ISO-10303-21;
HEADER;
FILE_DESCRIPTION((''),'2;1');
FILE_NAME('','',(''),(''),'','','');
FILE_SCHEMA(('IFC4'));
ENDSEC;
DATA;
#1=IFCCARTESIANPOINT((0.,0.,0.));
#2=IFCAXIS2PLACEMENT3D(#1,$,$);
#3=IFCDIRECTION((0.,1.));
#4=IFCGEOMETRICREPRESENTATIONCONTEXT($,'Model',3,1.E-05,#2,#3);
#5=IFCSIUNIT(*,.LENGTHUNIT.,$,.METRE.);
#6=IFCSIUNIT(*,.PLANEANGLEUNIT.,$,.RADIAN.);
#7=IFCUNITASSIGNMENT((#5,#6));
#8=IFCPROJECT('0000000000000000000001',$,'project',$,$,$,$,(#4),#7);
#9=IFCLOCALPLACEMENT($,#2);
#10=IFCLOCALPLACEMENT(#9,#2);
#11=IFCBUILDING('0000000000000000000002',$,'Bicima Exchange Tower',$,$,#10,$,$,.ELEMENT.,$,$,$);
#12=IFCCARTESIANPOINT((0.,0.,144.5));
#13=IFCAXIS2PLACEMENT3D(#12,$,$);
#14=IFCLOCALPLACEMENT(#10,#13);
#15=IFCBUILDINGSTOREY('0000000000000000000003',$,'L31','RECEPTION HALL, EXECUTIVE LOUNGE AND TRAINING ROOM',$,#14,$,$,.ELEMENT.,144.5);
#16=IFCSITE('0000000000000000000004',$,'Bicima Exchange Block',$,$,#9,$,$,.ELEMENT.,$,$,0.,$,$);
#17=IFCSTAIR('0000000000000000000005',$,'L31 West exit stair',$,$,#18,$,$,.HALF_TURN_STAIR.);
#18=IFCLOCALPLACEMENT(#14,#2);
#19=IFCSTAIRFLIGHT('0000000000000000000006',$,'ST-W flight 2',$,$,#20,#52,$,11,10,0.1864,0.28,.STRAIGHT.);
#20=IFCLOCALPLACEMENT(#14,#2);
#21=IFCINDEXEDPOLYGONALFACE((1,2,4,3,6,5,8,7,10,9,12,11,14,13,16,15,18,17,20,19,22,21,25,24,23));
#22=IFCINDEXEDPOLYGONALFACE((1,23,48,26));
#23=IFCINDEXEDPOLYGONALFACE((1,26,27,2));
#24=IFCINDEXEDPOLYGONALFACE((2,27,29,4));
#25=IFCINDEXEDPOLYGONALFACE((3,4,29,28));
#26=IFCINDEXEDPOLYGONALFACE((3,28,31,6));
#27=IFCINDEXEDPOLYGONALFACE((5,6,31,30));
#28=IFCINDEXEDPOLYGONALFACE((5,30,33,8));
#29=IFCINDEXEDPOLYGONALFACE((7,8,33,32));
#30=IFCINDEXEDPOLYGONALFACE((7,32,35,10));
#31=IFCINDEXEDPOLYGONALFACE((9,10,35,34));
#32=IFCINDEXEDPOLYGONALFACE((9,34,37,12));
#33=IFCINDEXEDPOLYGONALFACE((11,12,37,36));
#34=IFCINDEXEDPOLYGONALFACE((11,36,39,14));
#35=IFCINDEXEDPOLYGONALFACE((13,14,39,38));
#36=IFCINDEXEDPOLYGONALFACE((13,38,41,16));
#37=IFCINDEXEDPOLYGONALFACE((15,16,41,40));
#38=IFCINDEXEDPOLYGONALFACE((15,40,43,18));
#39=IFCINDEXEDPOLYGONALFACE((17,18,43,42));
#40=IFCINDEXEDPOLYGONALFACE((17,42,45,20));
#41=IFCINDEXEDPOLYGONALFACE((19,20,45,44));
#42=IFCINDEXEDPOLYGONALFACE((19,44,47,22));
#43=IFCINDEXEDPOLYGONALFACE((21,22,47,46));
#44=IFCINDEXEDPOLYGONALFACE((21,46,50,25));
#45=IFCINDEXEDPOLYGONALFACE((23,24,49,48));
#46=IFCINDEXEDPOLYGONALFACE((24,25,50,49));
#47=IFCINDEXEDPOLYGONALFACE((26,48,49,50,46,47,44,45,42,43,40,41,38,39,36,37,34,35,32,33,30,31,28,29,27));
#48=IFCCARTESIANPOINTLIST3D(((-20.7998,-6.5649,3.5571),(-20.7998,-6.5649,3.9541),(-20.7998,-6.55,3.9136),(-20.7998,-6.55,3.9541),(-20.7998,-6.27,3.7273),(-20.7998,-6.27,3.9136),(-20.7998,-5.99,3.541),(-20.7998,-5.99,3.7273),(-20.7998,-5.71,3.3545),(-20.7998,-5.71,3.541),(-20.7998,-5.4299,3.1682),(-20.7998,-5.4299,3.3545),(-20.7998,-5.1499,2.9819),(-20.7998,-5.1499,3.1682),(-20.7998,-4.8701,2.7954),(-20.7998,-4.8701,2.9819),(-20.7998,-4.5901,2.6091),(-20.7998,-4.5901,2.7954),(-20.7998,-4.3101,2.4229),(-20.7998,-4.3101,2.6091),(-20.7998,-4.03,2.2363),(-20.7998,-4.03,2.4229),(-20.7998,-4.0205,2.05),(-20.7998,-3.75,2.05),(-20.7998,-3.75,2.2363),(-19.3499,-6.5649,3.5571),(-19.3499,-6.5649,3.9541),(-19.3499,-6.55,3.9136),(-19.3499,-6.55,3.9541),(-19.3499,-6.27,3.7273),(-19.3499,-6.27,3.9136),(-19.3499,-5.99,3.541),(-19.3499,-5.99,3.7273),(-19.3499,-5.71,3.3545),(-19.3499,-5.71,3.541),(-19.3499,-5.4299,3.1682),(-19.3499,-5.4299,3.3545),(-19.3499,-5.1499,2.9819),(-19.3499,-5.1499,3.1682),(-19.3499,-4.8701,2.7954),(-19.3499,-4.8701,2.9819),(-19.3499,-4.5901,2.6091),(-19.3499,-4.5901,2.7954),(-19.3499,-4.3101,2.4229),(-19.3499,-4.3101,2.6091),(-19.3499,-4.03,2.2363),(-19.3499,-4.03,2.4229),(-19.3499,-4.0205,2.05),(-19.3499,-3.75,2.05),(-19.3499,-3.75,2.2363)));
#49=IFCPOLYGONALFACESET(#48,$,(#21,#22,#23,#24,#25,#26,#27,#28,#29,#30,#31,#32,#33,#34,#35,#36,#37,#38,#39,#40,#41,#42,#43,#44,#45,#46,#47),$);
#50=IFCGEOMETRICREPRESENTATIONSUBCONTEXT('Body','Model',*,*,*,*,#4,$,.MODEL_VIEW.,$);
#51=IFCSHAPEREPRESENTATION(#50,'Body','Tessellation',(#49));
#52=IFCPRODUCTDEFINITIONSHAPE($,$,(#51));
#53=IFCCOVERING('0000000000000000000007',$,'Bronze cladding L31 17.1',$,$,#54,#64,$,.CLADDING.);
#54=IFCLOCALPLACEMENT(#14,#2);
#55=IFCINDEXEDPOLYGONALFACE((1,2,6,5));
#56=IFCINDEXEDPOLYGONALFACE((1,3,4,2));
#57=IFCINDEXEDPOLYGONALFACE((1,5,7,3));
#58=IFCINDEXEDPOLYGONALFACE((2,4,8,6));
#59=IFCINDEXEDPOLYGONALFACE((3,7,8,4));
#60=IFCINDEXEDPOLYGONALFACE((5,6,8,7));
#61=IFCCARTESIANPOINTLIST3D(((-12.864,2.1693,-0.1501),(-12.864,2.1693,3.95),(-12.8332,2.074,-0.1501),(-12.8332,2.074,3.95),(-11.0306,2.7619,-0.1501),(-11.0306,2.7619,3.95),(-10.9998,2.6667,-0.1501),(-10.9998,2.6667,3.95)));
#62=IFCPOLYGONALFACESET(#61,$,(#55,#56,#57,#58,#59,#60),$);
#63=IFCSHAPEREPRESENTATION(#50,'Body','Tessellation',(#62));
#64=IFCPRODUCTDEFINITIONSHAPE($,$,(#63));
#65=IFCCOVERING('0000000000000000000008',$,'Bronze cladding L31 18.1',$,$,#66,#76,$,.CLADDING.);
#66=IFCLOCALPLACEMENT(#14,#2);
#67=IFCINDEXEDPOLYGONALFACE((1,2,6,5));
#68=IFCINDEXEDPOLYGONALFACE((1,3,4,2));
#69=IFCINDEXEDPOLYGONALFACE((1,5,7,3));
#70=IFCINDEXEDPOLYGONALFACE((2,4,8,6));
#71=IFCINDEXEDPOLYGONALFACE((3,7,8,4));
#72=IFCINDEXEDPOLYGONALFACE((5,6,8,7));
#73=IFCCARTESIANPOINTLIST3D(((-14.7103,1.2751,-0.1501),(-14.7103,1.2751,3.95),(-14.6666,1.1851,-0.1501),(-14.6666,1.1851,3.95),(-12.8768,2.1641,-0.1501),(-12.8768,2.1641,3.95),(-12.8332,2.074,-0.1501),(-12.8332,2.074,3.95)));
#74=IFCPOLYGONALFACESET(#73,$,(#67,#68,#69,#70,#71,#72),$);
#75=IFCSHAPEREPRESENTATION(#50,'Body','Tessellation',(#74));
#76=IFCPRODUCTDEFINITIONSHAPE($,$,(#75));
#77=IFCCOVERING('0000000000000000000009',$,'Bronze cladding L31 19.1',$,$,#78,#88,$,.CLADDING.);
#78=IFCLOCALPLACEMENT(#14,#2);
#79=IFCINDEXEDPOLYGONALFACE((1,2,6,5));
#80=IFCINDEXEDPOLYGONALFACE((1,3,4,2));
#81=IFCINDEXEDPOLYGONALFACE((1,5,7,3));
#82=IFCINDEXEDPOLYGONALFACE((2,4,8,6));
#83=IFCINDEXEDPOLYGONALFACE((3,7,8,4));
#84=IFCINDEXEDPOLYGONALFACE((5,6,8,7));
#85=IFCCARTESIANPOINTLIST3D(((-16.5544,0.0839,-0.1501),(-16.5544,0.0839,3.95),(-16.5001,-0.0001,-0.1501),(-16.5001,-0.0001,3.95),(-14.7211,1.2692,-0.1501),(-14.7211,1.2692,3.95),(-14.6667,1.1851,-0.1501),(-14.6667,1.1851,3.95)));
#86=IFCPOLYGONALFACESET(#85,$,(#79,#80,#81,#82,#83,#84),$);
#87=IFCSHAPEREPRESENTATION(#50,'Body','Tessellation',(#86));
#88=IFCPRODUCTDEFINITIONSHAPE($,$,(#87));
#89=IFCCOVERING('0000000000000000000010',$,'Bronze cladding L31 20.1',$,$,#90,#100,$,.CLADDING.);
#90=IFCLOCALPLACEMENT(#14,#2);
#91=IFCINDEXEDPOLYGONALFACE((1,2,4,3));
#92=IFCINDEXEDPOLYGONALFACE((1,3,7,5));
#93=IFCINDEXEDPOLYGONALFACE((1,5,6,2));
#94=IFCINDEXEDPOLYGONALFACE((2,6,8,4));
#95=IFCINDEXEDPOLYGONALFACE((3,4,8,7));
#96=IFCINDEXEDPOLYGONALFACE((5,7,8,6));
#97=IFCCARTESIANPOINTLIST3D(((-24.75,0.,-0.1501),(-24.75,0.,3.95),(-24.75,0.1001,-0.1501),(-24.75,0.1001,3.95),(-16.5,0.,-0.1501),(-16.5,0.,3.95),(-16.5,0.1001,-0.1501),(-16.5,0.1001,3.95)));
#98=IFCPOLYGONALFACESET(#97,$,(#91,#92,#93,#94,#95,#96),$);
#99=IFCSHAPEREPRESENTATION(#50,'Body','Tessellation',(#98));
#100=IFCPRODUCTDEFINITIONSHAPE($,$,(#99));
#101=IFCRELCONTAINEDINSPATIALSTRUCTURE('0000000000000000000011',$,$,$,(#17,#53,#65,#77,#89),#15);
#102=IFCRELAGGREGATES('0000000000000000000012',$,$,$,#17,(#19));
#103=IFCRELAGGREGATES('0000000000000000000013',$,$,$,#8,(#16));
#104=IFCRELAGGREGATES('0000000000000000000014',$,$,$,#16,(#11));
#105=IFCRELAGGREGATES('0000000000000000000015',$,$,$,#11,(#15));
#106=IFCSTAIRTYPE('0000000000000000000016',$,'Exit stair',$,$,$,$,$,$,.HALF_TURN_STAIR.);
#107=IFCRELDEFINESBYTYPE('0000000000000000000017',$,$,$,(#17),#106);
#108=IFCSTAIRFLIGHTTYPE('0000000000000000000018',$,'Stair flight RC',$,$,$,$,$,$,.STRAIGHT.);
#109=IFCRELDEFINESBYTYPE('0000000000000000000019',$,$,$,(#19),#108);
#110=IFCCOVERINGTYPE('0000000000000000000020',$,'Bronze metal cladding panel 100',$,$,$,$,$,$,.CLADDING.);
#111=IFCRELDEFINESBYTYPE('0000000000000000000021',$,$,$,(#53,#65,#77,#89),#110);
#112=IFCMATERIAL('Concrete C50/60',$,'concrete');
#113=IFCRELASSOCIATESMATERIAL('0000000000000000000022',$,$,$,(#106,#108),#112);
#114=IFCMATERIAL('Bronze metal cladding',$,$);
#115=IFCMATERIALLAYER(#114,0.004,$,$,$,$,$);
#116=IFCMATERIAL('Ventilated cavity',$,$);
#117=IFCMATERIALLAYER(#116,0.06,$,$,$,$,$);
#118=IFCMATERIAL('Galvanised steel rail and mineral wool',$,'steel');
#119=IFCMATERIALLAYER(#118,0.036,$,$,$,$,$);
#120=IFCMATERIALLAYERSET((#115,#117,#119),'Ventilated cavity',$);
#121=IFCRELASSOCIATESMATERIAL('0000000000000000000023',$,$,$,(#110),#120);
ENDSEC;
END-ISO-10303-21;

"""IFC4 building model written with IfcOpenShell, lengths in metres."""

from ifc_helpers import new_model, si_unit, direction, frame, origin, origin_2d, place, context, subcontext, project, spatial, polyline, rectangle, outline, extrude, material, layer, layer_set, type_object, element, aggregate, save


model = new_model("IFC4")

# Units and contexts
model_context = context("Model", 3, precision=1e-05, world=origin(), true_north=direction((0.0, 1.0)))
body_context = subcontext(model_context, "Body", "Model", "MODEL_VIEW")
ifc_project = project(units=[si_unit("LENGTHUNIT", "METRE"), si_unit("PLANEANGLEUNIT", "RADIAN")], contexts=[model_context])

# Site, building, storey
site_placement = place(None, origin())
site = spatial("IfcSite", under=ifc_project, at=site_placement, Name="Bicima Exchange Block", CompositionType="ELEMENT", RefElevation=0.0)
building_placement = place(site_placement, origin())
building = spatial("IfcBuilding", under=site, at=building_placement, Name="Bicima Exchange Tower", CompositionType="ELEMENT")
storey_placement = place(building_placement, frame((0.0, 0.0, 144.5)))
storey = spatial("IfcBuildingStorey", under=building, at=storey_placement, Name="L31", Description="RECEPTION HALL, EXECUTIVE LOUNGE AND TRAINING ROOM", CompositionType="ELEMENT", Elevation=144.5)

# Shared definitions
ifc_material_1 = material(Name="Concrete C50/60", Category="concrete")

# Stair, stair flight
stair_type = type_object("IfcStairType", Name="Exit stair", PredefinedType="HALF_TURN_STAIR", material=ifc_material_1)
stair_placement = place(storey_placement, origin())
stair = element("IfcStair", 1, at=stair_placement, inside=storey, type_object=stair_type, Name="L31 West exit stair", PredefinedType="HALF_TURN_STAIR")
stair_flight_type = type_object("IfcStairFlightType", Name="Stair flight RC", PredefinedType="STRAIGHT", material=ifc_material_1)
stair_flight_1_placement = place(storey_placement, frame((-20.075, -3.75, 2.05), z_axis=(0.0, 0.0, 1.0), x_axis=(0.0, -1.0, 0.0)))
stair_flight_1 = element("IfcStairFlight", 2, at=stair_flight_1_placement, type_object=stair_flight_type, Name="ST-W flight 2", NumberOfRisers=11, NumberOfTreads=10, PredefinedType="STRAIGHT", RiserHeight=0.1864, TreadLength=0.28, context=body_context, shape_type="SweptSolid", body=[
    extrude(outline(polyline([(0.0, 0.0), (0.0, 0.1863), (0.28, 0.1863), (0.28, 0.3728), (0.5601, 0.3728), (0.5601, 0.5591), (0.8401, 0.5591), (0.8401, 0.7454), (1.1201, 0.7454), (1.1201, 0.9319), (1.3999, 0.9319), (1.3999, 1.1182), (1.6799, 1.1182), (1.6799, 1.3044), (1.96, 1.3044), (1.96, 1.491), (2.24, 1.491), (2.24, 1.6772), (2.52, 1.6772), (2.52, 1.8635), (2.8, 1.8635), (2.8, 1.9041), (2.8149, 1.9041), (2.8149, 1.5071), (0.2705, 0.0), (0.0, 0.0)])), frame((0.0, 0.7251, 0.0), z_axis=(0.0, -1.0, 0.0), x_axis=(1.0, 0.0, 0.0)), (0.0, 0.0, 1.0), 1.45),
])
aggregate(stair, [stair_flight_1])

# Coverings
ifc_material_2 = material(Name="Bronze metal cladding")
ifc_layer_1 = layer(ifc_material_2, 0.004)
ifc_material_3 = material(Name="Ventilated cavity")
ifc_layer_2 = layer(ifc_material_3, 0.06)
ifc_material_4 = material(Name="Galvanised steel rail and mineral wool", Category="steel")
ifc_layer_3 = layer(ifc_material_4, 0.036)
ifc_layer_set_1 = layer_set([ifc_layer_1, ifc_layer_2, ifc_layer_3], Name="Ventilated cavity")
covering_type = type_object("IfcCoveringType", Name="Bronze metal cladding panel 100", PredefinedType="CLADDING", material=ifc_layer_set_1)
covering_1_placement = place(storey_placement, frame((-11.9319, 2.418, -0.1501), z_axis=(0.0, 0.0, 1.0), x_axis=(-0.951525, -0.307573, 0.0)))
element("IfcCovering", 3, at=covering_1_placement, inside=storey, type_object=covering_type, Name="Bronze cladding L31 17.1", PredefinedType="CLADDING", context=body_context, shape_type="SweptSolid", body=[
    extrude(rectangle(XDim=1.9268, YDim=0.1001, at=origin_2d()), origin(), (0.0, 0.0, 1.0), 4.1001),
])
covering_2_placement = place(storey_placement, frame((-13.7717, 1.6746, -0.1501), z_axis=(0.0, 0.0, 1.0), x_axis=(-0.899818, -0.436265, 0.0)))
element("IfcCovering", 4, at=covering_2_placement, inside=storey, type_object=covering_type, Name="Bronze cladding L31 18.1", PredefinedType="CLADDING", context=body_context, shape_type="SweptSolid", body=[
    extrude(rectangle(XDim=2.0376, YDim=0.1001, at=origin_2d()), origin(), (0.0, 0.0, 1.0), 4.1001),
])
covering_3_placement = place(storey_placement, frame((-15.6106, 0.6345, -0.1501), z_axis=(0.0, 0.0, 1.0), x_axis=(-0.83979, -0.542911, 0.0)))
element("IfcCovering", 5, at=covering_3_placement, inside=storey, type_object=covering_type, Name="Bronze cladding L31 19.1", PredefinedType="CLADDING", context=body_context, shape_type="SweptSolid", body=[
    extrude(rectangle(XDim=2.1831, YDim=0.1001, at=origin_2d()), origin(), (0.0, 0.0, 1.0), 4.1001),
])
covering_4_placement = place(storey_placement, frame((-20.625, 0.05, -0.1501), z_axis=(0.0, 0.0, 1.0), x_axis=(-1.0, 0.0, 0.0)))
element("IfcCovering", 6, at=covering_4_placement, inside=storey, type_object=covering_type, Name="Bronze cladding L31 20.1", PredefinedType="CLADDING", context=body_context, shape_type="SweptSolid", body=[
    extrude(rectangle(XDim=8.25, YDim=0.1001, at=origin_2d()), origin(), (0.0, 0.0, 1.0), 4.1001),
])

save(model, "model.ifc")
